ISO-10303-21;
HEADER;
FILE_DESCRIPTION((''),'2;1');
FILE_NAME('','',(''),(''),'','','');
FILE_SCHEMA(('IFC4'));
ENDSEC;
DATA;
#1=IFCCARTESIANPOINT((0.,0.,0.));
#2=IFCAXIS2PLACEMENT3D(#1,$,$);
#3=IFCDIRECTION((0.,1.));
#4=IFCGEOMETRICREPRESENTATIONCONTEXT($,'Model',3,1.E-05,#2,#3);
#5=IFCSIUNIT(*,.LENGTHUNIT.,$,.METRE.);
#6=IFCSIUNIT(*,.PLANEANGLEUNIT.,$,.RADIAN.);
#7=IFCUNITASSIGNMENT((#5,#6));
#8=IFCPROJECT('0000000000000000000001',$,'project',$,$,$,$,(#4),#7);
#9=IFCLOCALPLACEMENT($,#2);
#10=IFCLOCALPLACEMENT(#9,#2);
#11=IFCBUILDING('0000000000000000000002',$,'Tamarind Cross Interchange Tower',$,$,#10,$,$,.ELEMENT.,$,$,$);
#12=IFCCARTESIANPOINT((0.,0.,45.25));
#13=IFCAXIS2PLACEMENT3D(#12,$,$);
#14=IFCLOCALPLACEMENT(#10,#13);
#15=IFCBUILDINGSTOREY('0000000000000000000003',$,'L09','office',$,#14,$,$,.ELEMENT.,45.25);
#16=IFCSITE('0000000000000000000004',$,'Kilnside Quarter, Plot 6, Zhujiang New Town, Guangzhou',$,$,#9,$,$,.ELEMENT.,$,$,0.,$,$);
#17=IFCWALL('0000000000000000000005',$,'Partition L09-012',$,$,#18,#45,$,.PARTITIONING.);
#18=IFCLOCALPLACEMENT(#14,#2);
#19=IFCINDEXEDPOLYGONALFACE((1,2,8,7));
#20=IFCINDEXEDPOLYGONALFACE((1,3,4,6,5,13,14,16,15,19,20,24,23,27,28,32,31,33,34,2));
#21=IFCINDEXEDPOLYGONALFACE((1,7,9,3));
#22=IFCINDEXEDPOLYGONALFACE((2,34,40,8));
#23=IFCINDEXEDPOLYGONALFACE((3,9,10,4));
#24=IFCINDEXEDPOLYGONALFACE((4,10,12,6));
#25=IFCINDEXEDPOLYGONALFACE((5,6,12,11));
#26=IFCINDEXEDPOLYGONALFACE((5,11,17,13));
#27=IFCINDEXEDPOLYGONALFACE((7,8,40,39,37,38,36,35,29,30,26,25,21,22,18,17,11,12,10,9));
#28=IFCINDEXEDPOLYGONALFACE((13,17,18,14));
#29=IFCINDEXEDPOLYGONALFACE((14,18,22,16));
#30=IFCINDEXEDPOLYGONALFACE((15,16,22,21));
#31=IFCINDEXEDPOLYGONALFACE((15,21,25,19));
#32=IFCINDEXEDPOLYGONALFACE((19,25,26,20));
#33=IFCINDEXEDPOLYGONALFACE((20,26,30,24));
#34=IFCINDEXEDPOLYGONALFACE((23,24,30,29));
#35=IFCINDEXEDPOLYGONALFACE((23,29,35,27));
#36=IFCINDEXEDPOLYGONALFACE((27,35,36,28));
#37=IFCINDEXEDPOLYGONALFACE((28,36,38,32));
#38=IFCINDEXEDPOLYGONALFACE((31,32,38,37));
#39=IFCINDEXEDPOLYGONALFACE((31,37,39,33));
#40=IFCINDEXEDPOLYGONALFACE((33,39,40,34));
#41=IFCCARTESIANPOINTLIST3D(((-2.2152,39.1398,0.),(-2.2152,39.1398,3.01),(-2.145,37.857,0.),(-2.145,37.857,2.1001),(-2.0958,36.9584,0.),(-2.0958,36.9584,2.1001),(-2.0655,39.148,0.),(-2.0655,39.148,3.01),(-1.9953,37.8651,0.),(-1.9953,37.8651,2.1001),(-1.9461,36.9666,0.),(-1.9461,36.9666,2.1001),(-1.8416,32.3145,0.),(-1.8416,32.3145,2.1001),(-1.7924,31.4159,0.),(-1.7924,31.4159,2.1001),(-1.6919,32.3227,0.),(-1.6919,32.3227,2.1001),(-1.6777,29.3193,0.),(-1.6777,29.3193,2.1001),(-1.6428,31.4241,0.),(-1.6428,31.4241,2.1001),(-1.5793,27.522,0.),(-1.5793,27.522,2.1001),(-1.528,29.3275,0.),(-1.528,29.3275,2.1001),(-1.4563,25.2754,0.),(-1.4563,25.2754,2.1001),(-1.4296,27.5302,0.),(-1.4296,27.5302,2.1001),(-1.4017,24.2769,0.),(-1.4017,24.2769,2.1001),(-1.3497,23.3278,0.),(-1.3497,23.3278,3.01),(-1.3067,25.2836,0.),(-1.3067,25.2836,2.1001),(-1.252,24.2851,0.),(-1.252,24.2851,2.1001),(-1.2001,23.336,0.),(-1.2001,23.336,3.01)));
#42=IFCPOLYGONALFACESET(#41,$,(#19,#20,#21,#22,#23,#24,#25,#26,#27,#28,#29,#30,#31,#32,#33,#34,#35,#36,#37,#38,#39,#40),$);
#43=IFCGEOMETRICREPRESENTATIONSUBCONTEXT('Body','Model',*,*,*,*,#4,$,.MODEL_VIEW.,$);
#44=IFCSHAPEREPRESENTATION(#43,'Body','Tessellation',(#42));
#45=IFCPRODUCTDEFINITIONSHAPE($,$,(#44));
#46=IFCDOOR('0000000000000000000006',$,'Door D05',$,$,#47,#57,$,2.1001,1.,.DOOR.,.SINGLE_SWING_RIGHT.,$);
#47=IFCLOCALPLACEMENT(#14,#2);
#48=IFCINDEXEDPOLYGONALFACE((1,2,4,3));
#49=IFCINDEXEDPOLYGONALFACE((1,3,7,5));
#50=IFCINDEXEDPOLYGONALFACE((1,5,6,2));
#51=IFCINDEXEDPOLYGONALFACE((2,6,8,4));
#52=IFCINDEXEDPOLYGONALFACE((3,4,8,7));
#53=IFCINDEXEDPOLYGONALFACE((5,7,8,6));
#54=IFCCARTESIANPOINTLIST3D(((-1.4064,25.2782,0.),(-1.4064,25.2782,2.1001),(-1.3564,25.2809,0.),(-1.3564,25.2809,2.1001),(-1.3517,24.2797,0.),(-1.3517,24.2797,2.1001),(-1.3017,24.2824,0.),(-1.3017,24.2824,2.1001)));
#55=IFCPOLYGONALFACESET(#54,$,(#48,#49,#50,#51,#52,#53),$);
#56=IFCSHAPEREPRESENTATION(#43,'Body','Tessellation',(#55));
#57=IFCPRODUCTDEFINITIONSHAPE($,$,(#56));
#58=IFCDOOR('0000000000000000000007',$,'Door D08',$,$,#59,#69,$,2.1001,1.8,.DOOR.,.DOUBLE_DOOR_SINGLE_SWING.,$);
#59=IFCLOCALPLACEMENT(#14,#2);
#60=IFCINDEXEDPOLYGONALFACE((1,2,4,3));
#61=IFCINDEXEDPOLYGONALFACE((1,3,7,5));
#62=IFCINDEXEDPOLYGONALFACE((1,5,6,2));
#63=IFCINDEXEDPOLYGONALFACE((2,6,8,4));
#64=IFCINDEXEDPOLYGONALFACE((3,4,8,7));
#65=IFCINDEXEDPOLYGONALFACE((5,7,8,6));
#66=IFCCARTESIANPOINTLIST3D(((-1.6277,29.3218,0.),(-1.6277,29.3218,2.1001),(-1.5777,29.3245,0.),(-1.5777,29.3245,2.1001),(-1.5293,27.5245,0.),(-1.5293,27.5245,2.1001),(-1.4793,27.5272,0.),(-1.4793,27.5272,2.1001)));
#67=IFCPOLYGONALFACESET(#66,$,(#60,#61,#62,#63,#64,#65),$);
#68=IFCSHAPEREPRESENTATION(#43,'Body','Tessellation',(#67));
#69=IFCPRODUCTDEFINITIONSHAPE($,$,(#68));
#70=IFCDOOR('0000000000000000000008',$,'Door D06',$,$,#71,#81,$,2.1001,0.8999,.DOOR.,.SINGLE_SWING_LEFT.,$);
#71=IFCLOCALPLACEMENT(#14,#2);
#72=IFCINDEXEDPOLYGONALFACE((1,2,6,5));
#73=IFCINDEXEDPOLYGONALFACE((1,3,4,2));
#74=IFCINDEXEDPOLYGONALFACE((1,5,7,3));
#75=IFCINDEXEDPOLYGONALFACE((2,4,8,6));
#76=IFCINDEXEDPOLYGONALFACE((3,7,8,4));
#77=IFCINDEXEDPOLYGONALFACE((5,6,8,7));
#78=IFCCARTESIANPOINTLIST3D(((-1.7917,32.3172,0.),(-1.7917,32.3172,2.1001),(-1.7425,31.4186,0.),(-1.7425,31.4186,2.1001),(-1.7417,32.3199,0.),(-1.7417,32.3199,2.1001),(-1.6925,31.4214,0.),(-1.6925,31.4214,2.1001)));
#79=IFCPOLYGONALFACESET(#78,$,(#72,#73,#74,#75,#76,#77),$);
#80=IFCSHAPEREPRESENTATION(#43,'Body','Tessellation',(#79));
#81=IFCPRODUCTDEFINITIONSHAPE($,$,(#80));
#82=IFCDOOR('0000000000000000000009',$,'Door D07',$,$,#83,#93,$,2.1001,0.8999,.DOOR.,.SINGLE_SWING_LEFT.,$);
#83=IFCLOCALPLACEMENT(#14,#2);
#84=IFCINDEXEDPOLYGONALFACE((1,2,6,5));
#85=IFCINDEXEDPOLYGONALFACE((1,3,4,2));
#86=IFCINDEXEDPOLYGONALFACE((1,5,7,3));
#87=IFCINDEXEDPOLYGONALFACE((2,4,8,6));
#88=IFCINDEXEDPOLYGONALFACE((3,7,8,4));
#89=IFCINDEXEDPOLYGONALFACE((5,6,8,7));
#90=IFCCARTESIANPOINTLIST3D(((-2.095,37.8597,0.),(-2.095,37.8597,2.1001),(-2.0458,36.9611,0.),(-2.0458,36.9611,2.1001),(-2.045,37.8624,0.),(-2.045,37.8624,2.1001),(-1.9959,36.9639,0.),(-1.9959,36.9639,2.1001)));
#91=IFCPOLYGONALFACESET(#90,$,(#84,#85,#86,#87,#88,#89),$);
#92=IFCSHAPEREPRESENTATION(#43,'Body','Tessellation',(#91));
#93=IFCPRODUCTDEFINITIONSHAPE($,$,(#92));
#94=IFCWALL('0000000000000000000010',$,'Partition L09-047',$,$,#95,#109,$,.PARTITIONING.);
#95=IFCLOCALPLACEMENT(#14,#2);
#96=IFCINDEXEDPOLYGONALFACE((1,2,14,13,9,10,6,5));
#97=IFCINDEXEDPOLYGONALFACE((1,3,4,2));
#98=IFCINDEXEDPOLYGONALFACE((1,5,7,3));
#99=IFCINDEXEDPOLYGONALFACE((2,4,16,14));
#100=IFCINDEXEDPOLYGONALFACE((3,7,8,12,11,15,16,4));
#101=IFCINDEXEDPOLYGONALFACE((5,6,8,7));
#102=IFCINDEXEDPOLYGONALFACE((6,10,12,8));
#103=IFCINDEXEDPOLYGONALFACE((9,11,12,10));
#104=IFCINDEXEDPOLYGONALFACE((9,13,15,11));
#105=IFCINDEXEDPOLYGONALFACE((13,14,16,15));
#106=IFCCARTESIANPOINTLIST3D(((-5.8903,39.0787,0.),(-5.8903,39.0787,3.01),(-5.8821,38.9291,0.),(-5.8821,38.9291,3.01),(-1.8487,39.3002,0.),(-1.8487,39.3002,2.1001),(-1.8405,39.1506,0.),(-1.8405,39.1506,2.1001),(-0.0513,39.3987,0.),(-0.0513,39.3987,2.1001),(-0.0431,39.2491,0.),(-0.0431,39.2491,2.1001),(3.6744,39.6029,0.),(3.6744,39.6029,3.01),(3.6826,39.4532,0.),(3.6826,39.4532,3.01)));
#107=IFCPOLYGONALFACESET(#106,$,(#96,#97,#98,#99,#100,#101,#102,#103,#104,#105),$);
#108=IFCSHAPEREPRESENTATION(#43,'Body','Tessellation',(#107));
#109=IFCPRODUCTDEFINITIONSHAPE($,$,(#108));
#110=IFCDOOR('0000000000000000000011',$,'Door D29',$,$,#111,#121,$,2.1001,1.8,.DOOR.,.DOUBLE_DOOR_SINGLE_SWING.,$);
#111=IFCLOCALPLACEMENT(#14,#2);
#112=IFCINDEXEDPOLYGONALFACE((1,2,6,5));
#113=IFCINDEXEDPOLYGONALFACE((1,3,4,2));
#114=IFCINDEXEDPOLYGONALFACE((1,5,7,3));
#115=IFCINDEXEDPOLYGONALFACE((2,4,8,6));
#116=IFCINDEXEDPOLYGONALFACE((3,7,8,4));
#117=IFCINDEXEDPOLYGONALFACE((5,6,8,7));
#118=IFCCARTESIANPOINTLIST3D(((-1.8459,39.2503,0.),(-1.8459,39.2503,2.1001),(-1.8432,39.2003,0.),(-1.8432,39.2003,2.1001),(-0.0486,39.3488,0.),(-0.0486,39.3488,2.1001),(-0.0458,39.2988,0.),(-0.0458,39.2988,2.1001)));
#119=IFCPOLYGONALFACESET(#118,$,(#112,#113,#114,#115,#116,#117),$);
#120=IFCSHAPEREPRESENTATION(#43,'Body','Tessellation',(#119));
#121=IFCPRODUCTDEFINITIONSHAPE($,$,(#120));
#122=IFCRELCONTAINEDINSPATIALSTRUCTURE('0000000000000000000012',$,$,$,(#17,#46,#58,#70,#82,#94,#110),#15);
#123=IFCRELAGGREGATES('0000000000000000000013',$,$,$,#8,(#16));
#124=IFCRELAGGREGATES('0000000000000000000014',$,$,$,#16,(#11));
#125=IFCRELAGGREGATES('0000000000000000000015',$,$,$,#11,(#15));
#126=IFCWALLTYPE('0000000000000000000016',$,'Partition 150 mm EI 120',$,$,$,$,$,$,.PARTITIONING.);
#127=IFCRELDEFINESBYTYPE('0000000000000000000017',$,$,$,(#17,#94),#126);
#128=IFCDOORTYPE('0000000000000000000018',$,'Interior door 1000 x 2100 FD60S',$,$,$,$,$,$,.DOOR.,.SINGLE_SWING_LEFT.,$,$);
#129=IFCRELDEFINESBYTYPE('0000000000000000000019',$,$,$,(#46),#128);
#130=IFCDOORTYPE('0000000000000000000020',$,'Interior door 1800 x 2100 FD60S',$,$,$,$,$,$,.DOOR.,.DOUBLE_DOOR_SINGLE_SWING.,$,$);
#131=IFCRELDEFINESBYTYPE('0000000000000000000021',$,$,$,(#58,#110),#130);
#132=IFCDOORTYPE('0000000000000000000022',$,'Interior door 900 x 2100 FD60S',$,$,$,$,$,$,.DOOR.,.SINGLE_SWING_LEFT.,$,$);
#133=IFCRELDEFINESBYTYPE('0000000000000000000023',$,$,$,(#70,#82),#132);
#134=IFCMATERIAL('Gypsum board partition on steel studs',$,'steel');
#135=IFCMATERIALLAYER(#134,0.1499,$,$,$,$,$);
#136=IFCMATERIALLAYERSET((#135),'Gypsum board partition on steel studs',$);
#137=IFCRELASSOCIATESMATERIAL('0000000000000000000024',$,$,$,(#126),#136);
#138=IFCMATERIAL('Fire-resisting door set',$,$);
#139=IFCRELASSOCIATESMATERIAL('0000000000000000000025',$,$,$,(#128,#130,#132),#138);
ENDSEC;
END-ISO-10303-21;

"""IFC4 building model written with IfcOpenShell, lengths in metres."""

from ifc_helpers import new_model, si_unit, direction, frame, frame_2d, origin, place, context, subcontext, project, spatial, rectangle, extrude, material, layer, layer_set, type_object, element, fill, save


model = new_model("IFC4")

# Units and contexts
model_context = context("Model", 3, precision=1e-05, world=origin(), true_north=direction((0.0, 1.0)))
body_context = subcontext(model_context, "Body", "Model", "MODEL_VIEW")
ifc_project = project(units=[si_unit("LENGTHUNIT", "METRE"), si_unit("PLANEANGLEUNIT", "RADIAN")], contexts=[model_context])

# Site, building, storey
site_placement = place(None, origin())
site = spatial("IfcSite", under=ifc_project, at=site_placement, Name="Kilnside Quarter, Plot 6, Zhujiang New Town, Guangzhou", CompositionType="ELEMENT", RefElevation=0.0)
building_placement = place(site_placement, origin())
building = spatial("IfcBuilding", under=site, at=building_placement, Name="Tamarind Cross Interchange Tower", CompositionType="ELEMENT")
storey_placement = place(building_placement, frame((0.0, 0.0, 45.25)))
storey = spatial("IfcBuildingStorey", under=building, at=storey_placement, Name="L09", Description="office", CompositionType="ELEMENT", Elevation=45.25)

# Shared definitions
ifc_material_1 = material(Name="Gypsum board partition on steel studs", Category="steel")

# Wall, openings, doors
ifc_layer_1 = layer(ifc_material_1, 0.1499)
ifc_layer_set_1 = layer_set([ifc_layer_1], Name="Gypsum board partition on steel studs")
wall_type_1 = type_object("IfcWallType", Name="Partition 150 mm EI 120", PredefinedType="PARTITIONING", material=ifc_layer_set_1)
wall_1_placement = place(storey_placement, frame((-2.1404, 39.144, 0.0), z_axis=(0.0, 0.0, 1.0), x_axis=(0.054654, -0.998505, 0.0)))
wall_1 = element("IfcWall", 1, at=wall_1_placement, inside=storey, type_object=wall_type_1, Name="Partition L09-012", PredefinedType="PARTITIONING", context=body_context, shape_type="SweptSolid", body=[
    extrude(rectangle(XDim=15.8357, YDim=0.1499, at=frame_2d((7.918, 0.0))), origin(), (0.0, 0.0, 1.0), 3.01),
])
opening_1_placement = place(wall_1_placement, frame((13.8853, 0.0, 0.0)))
opening_1 = element("IfcOpeningElement", 2, at=opening_1_placement, cuts=wall_1, PredefinedType="OPENING", context=body_context, shape_type="SweptSolid", body=[
    extrude(rectangle(XDim=1.0, YDim=2.1001, at=frame_2d((0.5, 1.05))), frame((0.0, 0.085, 0.0), z_axis=(0.0, -1.0, 0.0), x_axis=(1.0, 0.0, 0.0)), (0.0, 0.0, 1.0), 0.1699),
])
opening_2_placement = place(wall_1_placement, frame((6.8357, 0.0, 0.0)))
opening_2 = element("IfcOpeningElement", 3, at=opening_2_placement, cuts=wall_1, PredefinedType="OPENING", context=body_context, shape_type="SweptSolid", body=[
    extrude(rectangle(XDim=0.8999, YDim=2.1001, at=frame_2d((0.45, 1.05))), frame((0.0, 0.085, 0.0), z_axis=(0.0, -1.0, 0.0), x_axis=(1.0, 0.0, 0.0)), (0.0, 0.0, 1.0), 0.1699),
])
opening_3_placement = place(wall_1_placement, frame((1.2849, 0.0, 0.0)))
opening_3 = element("IfcOpeningElement", 4, at=opening_3_placement, cuts=wall_1, PredefinedType="OPENING", context=body_context, shape_type="SweptSolid", body=[
    extrude(rectangle(XDim=0.8999, YDim=2.1001, at=frame_2d((0.45, 1.05))), frame((0.0, 0.085, 0.0), z_axis=(0.0, -1.0, 0.0), x_axis=(1.0, 0.0, 0.0)), (0.0, 0.0, 1.0), 0.1699),
])
opening_4_placement = place(wall_1_placement, frame((9.8354, 0.0, 0.0)))
opening_4 = element("IfcOpeningElement", 5, at=opening_4_placement, cuts=wall_1, PredefinedType="OPENING", context=body_context, shape_type="SweptSolid", body=[
    extrude(rectangle(XDim=1.8, YDim=2.1001, at=frame_2d((0.8999, 1.05))), frame((0.0, 0.085, 0.0), z_axis=(0.0, -1.0, 0.0), x_axis=(1.0, 0.0, 0.0)), (0.0, 0.0, 1.0), 0.1699),
])
ifc_material_2 = material(Name="Fire-resisting door set")
door_type_1 = type_object("IfcDoorType", Name="Interior door 1000 x 2100 FD60S", OperationType="SINGLE_SWING_LEFT", PredefinedType="DOOR", material=ifc_material_2)
door_1_placement = place(opening_1_placement, frame((1.0, 0.0, 0.0), z_axis=(0.0, 0.0, 1.0), x_axis=(-1.0, 0.0, 0.0)))
door_1 = element("IfcDoor", 6, at=door_1_placement, inside=storey, type_object=door_type_1, Name="Door D05", OperationType="SINGLE_SWING_RIGHT", OverallHeight=2.1001, OverallWidth=1.0, PredefinedType="DOOR", context=body_context, shape_type="SweptSolid", body=[
    extrude(rectangle(XDim=1.0, YDim=2.1001, at=frame_2d((0.5, 1.05))), frame((0.0, 0.0249, 0.0), z_axis=(0.0, -1.0, 0.0), x_axis=(1.0, 0.0, 0.0)), (0.0, 0.0, 1.0), 0.05),
])
fill(opening_1, door_1)
door_type_2 = type_object("IfcDoorType", Name="Interior door 1800 x 2100 FD60S", OperationType="DOUBLE_DOOR_SINGLE_SWING", PredefinedType="DOOR", material=ifc_material_2)
door_2_placement = place(opening_4_placement, frame((1.8, 0.0, 0.0), z_axis=(0.0, 0.0, 1.0), x_axis=(-1.0, 0.0, 0.0)))
door_2 = element("IfcDoor", 7, at=door_2_placement, inside=storey, type_object=door_type_2, Name="Door D08", OperationType="DOUBLE_DOOR_SINGLE_SWING", OverallHeight=2.1001, OverallWidth=1.8, PredefinedType="DOOR", context=body_context, shape_type="SweptSolid", body=[
    extrude(rectangle(XDim=1.8, YDim=2.1001, at=frame_2d((0.8999, 1.05))), frame((0.0, 0.0249, 0.0), z_axis=(0.0, -1.0, 0.0), x_axis=(1.0, 0.0, 0.0)), (0.0, 0.0, 1.0), 0.05),
])
fill(opening_4, door_2)
door_type_3 = type_object("IfcDoorType", Name="Interior door 900 x 2100 FD60S", OperationType="SINGLE_SWING_LEFT", PredefinedType="DOOR", material=ifc_material_2)
door_3_placement = place(opening_2_placement, frame((0.8999, 0.0, 0.0), z_axis=(0.0, 0.0, 1.0), x_axis=(-1.0, 0.0, 0.0)))
door_3 = element("IfcDoor", 8, at=door_3_placement, inside=storey, type_object=door_type_3, Name="Door D06", OperationType="SINGLE_SWING_LEFT", OverallHeight=2.1001, OverallWidth=0.8999, PredefinedType="DOOR", context=body_context, shape_type="SweptSolid", body=[
    extrude(rectangle(XDim=0.8999, YDim=2.1001, at=frame_2d((0.45, 1.05))), frame((0.0, 0.0249, 0.0), z_axis=(0.0, -1.0, 0.0), x_axis=(1.0, 0.0, 0.0)), (0.0, 0.0, 1.0), 0.05),
])
fill(opening_2, door_3)
door_4_placement = place(opening_3_placement, frame((0.8999, 0.0, 0.0), z_axis=(0.0, 0.0, 1.0), x_axis=(-1.0, 0.0, 0.0)))
door_4 = element("IfcDoor", 9, at=door_4_placement, inside=storey, type_object=door_type_3, Name="Door D07", OperationType="SINGLE_SWING_LEFT", OverallHeight=2.1001, OverallWidth=0.8999, PredefinedType="DOOR", context=body_context, shape_type="SweptSolid", body=[
    extrude(rectangle(XDim=0.8999, YDim=2.1001, at=frame_2d((0.45, 1.05))), frame((0.0, 0.0249, 0.0), z_axis=(0.0, -1.0, 0.0), x_axis=(1.0, 0.0, 0.0)), (0.0, 0.0, 1.0), 0.05),
])
fill(opening_3, door_4)

# Wall, opening, door
wall_2_placement = place(storey_placement, frame((-5.8862, 39.0039, 0.0), z_axis=(0.0, 0.0, 1.0), x_axis=(0.998502, 0.05472, 0.0)))
wall_2 = element("IfcWall", 10, at=wall_2_placement, inside=storey, type_object=wall_type_1, Name="Partition L09-047", PredefinedType="PARTITIONING", context=body_context, shape_type="SweptSolid", body=[
    extrude(rectangle(XDim=9.5791, YDim=0.1499, at=frame_2d((4.7896, 0.0))), origin(), (0.0, 0.0, 1.0), 3.01),
])
opening_5_placement = place(wall_2_placement, frame((4.0479, 0.0, 0.0)))
opening_5 = element("IfcOpeningElement", 11, at=opening_5_placement, cuts=wall_2, PredefinedType="OPENING", context=body_context, shape_type="SweptSolid", body=[
    extrude(rectangle(XDim=1.8, YDim=2.1001, at=frame_2d((0.8999, 1.05))), frame((0.0, 0.085, 0.0), z_axis=(0.0, -1.0, 0.0), x_axis=(1.0, 0.0, 0.0)), (0.0, 0.0, 1.0), 0.1699),
])
door_5_placement = place(opening_5_placement, origin())
door_5 = element("IfcDoor", 12, at=door_5_placement, inside=storey, type_object=door_type_2, Name="Door D29", OperationType="DOUBLE_DOOR_SINGLE_SWING", OverallHeight=2.1001, OverallWidth=1.8, PredefinedType="DOOR", context=body_context, shape_type="SweptSolid", body=[
    extrude(rectangle(XDim=1.8, YDim=2.1001, at=frame_2d((0.8999, 1.05))), frame((0.0, 0.0249, 0.0), z_axis=(0.0, -1.0, 0.0), x_axis=(1.0, 0.0, 0.0)), (0.0, 0.0, 1.0), 0.05),
])
fill(opening_5, door_5)

save(model, "model.ifc")
